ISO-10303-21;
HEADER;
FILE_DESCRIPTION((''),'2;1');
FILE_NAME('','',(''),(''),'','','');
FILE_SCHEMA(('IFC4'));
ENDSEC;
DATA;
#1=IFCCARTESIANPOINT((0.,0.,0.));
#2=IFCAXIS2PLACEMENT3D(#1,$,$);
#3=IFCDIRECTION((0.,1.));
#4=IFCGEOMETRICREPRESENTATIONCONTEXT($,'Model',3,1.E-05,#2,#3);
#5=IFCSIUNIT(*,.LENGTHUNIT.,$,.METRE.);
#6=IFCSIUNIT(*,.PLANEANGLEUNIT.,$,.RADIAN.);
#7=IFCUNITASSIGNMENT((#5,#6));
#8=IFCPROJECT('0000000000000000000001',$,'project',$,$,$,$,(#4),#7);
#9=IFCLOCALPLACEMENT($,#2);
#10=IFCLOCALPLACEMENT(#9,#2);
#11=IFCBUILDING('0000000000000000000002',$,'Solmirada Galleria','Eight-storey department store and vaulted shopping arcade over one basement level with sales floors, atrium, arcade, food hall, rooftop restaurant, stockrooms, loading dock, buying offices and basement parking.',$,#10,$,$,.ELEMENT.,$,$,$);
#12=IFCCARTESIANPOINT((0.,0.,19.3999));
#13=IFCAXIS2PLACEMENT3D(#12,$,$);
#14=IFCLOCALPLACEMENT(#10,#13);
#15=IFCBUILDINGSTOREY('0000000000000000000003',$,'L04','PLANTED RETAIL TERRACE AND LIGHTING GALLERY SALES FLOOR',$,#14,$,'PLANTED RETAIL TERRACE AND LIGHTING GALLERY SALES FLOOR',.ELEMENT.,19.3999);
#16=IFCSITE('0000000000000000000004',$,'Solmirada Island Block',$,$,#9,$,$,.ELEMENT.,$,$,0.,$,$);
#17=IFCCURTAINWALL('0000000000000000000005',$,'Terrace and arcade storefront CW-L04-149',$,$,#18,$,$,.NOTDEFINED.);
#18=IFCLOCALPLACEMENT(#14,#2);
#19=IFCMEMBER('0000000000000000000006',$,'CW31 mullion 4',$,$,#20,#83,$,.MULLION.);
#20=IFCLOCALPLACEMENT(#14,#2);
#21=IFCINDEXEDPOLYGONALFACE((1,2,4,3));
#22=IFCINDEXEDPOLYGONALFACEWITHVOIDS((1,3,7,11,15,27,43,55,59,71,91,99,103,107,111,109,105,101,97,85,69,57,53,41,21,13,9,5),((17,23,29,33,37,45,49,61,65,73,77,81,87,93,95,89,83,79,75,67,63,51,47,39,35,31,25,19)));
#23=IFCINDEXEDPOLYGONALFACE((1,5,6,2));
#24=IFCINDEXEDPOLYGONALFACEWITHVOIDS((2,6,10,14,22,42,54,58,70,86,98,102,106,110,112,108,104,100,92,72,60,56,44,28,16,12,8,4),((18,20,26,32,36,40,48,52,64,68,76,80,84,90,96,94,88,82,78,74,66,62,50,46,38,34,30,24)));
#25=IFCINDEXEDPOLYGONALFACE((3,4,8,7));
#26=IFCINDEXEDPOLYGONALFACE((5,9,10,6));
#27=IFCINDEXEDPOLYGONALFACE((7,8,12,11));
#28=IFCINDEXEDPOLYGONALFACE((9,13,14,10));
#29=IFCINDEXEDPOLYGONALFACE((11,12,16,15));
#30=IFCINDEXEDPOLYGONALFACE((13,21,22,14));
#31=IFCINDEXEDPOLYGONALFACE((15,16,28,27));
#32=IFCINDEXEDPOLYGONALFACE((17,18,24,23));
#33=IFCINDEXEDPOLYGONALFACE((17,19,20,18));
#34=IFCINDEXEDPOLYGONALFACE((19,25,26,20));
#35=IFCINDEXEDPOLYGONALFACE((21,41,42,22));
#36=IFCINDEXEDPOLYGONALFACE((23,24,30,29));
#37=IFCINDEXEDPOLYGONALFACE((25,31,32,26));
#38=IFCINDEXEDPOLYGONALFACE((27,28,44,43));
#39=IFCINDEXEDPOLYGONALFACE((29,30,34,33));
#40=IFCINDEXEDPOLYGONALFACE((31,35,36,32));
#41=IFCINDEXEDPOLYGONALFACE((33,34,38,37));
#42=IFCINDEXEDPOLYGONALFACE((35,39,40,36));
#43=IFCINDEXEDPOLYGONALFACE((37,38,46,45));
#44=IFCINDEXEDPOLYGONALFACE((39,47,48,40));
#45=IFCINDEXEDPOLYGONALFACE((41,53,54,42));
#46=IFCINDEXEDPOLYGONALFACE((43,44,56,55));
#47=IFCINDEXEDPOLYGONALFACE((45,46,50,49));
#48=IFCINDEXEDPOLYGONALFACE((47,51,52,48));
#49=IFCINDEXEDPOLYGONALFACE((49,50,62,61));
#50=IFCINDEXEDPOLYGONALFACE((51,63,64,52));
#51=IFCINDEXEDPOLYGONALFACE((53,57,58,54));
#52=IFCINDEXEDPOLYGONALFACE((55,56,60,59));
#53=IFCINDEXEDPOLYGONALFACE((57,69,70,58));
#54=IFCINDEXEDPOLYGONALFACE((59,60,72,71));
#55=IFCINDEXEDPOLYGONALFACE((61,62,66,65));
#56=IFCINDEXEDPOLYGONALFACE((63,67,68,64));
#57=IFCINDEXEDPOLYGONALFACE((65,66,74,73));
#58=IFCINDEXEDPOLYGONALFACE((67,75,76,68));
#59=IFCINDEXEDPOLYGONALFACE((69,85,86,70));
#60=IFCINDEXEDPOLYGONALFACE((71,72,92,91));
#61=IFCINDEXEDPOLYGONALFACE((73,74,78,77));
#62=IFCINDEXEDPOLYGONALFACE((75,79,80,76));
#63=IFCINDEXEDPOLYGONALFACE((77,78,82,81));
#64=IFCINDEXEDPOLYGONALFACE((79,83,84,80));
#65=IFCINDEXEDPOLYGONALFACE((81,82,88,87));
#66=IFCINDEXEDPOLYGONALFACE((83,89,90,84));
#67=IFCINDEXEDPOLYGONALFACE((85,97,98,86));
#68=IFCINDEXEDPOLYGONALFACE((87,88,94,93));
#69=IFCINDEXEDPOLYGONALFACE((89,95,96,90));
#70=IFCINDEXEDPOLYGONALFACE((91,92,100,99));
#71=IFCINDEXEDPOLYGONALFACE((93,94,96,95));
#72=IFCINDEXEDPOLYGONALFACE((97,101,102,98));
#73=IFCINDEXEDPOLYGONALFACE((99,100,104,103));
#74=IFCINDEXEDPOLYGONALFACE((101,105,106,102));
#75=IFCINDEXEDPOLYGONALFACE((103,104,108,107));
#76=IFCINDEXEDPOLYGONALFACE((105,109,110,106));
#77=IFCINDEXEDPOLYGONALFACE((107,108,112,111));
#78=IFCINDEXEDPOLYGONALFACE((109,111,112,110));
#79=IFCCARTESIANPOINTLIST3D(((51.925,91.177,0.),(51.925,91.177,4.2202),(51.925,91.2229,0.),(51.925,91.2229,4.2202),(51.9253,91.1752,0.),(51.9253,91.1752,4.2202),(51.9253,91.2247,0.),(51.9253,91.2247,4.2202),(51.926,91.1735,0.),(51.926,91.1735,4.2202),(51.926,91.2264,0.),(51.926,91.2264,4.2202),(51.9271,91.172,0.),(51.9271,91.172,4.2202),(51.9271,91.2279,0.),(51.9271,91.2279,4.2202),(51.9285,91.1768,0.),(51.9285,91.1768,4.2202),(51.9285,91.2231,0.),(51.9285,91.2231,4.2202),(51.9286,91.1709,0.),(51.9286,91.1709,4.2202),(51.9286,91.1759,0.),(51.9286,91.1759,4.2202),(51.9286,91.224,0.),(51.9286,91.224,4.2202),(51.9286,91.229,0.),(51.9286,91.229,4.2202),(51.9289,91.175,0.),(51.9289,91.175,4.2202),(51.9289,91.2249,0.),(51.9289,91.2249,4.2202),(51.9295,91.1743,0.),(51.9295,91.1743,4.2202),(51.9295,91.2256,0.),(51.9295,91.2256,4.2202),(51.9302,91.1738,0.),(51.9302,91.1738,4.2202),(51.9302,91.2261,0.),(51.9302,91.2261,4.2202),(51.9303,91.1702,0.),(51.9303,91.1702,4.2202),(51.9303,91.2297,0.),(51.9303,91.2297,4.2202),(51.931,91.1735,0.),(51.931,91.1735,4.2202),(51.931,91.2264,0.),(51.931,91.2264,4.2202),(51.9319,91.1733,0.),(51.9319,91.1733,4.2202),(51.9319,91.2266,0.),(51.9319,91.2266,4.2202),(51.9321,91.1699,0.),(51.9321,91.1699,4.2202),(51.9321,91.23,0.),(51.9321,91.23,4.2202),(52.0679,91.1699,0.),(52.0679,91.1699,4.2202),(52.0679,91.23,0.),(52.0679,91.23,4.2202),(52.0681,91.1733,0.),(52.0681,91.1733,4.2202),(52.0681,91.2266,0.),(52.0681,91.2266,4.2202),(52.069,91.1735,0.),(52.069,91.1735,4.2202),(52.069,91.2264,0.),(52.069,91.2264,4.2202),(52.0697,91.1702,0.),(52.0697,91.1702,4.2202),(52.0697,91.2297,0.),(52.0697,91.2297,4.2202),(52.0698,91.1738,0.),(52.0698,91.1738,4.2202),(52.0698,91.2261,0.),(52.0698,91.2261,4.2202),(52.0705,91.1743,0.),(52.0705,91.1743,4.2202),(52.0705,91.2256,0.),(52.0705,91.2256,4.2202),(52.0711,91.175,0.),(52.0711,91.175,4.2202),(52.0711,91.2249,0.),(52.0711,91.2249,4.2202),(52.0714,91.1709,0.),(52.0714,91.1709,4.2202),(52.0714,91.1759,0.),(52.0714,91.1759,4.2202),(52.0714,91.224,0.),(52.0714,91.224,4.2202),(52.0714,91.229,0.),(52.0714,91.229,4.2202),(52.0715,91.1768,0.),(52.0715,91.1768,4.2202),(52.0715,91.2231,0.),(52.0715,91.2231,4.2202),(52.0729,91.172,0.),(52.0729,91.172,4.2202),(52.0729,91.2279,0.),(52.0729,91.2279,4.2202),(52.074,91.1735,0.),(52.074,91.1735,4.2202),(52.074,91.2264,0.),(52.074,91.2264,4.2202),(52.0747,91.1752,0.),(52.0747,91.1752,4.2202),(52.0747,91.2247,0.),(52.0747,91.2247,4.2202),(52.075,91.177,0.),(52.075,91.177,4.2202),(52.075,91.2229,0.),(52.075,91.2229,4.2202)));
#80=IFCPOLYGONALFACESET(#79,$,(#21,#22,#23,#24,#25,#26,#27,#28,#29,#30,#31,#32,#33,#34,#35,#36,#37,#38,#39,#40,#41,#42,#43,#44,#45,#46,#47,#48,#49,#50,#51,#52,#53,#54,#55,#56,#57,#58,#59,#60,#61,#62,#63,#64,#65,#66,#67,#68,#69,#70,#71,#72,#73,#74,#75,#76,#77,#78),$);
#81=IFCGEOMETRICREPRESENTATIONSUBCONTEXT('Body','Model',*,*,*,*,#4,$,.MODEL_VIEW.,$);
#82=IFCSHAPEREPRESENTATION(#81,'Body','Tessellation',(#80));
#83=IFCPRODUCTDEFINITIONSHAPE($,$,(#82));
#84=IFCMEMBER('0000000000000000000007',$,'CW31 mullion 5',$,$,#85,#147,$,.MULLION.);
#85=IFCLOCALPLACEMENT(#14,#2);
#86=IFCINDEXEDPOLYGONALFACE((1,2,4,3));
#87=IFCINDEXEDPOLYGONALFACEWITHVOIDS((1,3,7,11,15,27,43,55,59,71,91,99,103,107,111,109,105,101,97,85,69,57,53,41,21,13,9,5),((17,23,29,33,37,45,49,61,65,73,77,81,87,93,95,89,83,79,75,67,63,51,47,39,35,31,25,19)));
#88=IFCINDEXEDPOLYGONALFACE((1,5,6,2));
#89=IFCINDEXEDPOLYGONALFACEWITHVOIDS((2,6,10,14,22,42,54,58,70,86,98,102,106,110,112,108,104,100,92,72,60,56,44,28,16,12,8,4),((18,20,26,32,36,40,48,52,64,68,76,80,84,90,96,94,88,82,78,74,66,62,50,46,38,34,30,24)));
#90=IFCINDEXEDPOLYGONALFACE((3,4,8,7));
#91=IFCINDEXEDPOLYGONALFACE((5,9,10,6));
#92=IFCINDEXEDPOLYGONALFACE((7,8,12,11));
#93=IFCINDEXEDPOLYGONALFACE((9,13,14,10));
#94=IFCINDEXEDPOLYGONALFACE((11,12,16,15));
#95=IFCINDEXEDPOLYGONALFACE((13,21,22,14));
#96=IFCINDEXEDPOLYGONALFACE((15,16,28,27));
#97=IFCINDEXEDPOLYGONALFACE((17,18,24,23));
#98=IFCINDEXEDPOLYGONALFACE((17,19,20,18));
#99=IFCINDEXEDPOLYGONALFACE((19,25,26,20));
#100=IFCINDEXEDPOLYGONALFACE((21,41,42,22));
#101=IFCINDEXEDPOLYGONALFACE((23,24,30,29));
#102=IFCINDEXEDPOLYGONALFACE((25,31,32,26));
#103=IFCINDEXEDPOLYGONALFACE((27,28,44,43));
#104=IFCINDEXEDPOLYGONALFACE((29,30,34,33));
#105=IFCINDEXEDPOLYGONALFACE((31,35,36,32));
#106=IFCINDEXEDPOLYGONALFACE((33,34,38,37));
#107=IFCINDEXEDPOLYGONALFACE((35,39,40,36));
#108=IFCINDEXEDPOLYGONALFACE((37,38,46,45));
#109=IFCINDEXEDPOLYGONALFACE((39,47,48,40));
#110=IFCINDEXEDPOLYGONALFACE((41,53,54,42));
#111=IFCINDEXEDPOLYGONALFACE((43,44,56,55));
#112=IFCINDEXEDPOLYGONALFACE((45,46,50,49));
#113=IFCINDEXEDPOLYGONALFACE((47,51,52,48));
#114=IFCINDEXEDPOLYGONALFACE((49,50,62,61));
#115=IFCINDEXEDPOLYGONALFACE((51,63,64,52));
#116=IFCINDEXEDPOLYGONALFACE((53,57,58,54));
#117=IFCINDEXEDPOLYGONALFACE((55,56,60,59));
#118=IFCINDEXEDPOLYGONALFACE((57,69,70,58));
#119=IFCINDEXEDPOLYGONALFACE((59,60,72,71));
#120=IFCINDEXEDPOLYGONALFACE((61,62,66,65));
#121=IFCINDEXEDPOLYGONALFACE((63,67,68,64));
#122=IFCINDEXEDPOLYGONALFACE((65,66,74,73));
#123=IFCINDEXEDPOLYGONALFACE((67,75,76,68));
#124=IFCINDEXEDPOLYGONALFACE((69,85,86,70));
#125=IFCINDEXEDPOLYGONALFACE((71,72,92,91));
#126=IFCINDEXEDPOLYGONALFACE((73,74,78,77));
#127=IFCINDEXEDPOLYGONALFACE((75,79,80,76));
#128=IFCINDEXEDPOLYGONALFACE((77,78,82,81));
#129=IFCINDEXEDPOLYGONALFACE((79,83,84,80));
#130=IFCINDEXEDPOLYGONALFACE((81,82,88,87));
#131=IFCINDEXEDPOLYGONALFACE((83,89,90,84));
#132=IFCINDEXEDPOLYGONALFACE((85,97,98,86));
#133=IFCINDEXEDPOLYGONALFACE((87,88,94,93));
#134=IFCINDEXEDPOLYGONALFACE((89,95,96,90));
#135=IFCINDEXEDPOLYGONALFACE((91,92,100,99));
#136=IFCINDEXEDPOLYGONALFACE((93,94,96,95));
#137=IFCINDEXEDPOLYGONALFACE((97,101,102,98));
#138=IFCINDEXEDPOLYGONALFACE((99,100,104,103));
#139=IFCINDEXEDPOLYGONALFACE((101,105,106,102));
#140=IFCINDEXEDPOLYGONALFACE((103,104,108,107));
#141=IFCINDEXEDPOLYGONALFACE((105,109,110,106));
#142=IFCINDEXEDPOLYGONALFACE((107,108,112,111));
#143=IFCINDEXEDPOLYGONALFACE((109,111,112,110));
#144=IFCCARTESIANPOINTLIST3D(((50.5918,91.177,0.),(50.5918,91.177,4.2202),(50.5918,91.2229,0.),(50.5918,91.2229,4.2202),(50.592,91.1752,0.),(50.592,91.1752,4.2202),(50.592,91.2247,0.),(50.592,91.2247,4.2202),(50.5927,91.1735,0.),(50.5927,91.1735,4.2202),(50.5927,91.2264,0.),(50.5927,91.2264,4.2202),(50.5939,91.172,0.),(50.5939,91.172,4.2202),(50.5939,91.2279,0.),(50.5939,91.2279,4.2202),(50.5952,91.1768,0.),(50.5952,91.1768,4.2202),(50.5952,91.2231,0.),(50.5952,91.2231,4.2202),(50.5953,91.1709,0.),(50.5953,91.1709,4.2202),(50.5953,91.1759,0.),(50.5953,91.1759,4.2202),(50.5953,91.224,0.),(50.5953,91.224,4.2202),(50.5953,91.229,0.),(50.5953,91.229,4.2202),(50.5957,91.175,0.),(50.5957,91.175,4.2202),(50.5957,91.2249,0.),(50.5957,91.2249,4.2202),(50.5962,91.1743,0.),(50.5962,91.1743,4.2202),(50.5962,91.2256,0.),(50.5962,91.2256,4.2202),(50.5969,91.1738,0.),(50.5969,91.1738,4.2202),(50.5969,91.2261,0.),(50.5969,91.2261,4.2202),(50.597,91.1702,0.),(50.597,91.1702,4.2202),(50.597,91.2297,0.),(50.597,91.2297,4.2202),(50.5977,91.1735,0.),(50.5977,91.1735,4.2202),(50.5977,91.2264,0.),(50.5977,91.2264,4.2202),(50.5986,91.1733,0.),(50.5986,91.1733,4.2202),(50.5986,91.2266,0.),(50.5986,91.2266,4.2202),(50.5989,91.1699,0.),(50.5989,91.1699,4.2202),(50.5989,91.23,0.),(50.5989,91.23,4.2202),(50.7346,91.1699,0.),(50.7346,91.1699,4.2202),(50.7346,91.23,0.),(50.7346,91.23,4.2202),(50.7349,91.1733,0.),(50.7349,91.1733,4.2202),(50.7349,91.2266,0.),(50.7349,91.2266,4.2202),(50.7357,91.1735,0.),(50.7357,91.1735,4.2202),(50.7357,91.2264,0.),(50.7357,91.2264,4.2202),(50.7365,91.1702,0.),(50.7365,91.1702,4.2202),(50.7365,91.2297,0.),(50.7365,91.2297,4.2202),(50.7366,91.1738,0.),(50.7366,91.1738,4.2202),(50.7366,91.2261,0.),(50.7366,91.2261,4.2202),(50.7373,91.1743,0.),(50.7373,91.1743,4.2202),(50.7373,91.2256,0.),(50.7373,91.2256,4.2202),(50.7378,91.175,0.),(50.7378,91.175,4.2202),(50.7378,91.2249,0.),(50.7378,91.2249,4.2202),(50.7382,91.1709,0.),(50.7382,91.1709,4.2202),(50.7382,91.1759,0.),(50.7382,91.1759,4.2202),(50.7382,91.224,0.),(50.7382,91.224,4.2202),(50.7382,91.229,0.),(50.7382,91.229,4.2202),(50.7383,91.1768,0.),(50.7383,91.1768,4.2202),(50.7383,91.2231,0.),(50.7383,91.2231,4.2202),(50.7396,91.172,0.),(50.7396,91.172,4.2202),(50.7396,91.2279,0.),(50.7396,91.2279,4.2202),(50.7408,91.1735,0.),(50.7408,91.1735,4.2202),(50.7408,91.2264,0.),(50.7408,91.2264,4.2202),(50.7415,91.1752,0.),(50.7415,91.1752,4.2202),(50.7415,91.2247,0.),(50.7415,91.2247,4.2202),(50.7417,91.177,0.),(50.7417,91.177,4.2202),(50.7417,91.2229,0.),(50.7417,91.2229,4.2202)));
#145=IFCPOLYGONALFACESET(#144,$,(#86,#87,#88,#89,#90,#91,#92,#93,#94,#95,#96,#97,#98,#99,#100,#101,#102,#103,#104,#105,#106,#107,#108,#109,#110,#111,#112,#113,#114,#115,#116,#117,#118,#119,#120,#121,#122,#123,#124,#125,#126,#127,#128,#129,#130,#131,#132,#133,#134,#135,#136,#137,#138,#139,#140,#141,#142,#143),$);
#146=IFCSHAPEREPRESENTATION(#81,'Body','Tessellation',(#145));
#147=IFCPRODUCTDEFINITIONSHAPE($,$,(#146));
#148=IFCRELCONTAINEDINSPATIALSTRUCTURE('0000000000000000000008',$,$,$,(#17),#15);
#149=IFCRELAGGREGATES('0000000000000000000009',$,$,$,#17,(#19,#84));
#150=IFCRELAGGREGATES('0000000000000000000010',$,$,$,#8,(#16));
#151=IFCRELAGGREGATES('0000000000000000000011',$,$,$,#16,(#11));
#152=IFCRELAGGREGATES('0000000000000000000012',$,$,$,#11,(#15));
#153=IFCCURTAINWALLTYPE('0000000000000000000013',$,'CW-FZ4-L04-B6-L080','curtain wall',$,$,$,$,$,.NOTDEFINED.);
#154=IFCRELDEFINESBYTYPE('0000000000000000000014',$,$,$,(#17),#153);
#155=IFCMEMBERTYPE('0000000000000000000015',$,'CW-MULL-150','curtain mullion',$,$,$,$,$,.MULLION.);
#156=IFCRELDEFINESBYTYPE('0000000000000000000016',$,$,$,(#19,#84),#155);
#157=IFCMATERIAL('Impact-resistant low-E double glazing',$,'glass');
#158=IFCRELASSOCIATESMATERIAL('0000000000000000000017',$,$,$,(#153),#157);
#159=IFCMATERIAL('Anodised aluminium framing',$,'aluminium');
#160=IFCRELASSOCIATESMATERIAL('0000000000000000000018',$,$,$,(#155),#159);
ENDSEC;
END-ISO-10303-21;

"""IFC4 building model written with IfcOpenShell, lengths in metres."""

from ifc_helpers import new_model, si_unit, direction, frame, origin, origin_2d, place, context, subcontext, project, spatial, hollow_rectangle, extrude, material, material_profile, profile_set, type_object, element, aggregate, save


model = new_model("IFC4")

# Units and contexts
model_context = context("Model", 3, precision=1e-05, world=origin(), true_north=direction((0.0, 1.0)))
body_context = subcontext(model_context, "Body", "Model", "MODEL_VIEW")
ifc_project = project(units=[si_unit("LENGTHUNIT", "METRE"), si_unit("PLANEANGLEUNIT", "RADIAN")], contexts=[model_context])

# Site, building, storey
site_placement = place(None, origin())
site = spatial("IfcSite", under=ifc_project, at=site_placement, Name="Solmirada Island Block", CompositionType="ELEMENT", RefElevation=0.0)
building_placement = place(site_placement, origin())
building = spatial("IfcBuilding", under=site, at=building_placement, Name="Solmirada Galleria", Description="Eight-storey department store and vaulted shopping arcade over one basement level with sales floors, atrium, arcade, food hall, rooftop restaurant, stockrooms, loading dock, buying offices and basement parking.", CompositionType="ELEMENT")
storey_placement = place(building_placement, frame((0.0, 0.0, 19.3999)))
storey = spatial("IfcBuildingStorey", under=building, at=storey_placement, Name="L04", Description="PLANTED RETAIL TERRACE AND LIGHTING GALLERY SALES FLOOR", LongName="PLANTED RETAIL TERRACE AND LIGHTING GALLERY SALES FLOOR", CompositionType="ELEMENT", Elevation=19.3999)

# Curtain wall, members
ifc_material_1 = material(Name="Impact-resistant low-E double glazing", Category="glass")
curtain_wall_type = type_object("IfcCurtainWallType", Name="CW-FZ4-L04-B6-L080", Description="curtain wall", PredefinedType="NOTDEFINED", material=ifc_material_1)
curtain_wall_placement = place(storey_placement, origin())
curtain_wall = element("IfcCurtainWall", 1, at=curtain_wall_placement, inside=storey, type_object=curtain_wall_type, Name="Terrace and arcade storefront CW-L04-149", PredefinedType="NOTDEFINED")
ifc_material_2 = material(Name="Anodised aluminium framing", Category="aluminium")
ifc_material_profile_1 = material_profile(ifc_material_2, hollow_rectangle(XDim=0.0601, YDim=0.1499, WallThickness=0.0034, InnerFilletRadius=0.0034, OuterFilletRadius=0.0071, at=origin_2d()), Name="ALU-MULL-150X60")
ifc_profile_set_1 = profile_set([ifc_material_profile_1], Name="Anodised aluminium framing")
member_type_1 = type_object("IfcMemberType", Name="CW-MULL-150", Description="curtain mullion", PredefinedType="MULLION", material=ifc_profile_set_1)
member_1_placement = place(storey_placement, frame((52.0, 91.2, 0.0), z_axis=(0.0, 0.0, 1.0), x_axis=(0.0, -1.0, 0.0)))
member_1 = element("IfcMember", 2, at=member_1_placement, type_object=member_type_1, Name="CW31 mullion 4", PredefinedType="MULLION", context=body_context, shape_type="SweptSolid", body=[
    extrude(hollow_rectangle(XDim=0.0601, YDim=0.1499, WallThickness=0.0034, InnerFilletRadius=0.0034, OuterFilletRadius=0.0071, at=origin_2d()), origin(), (0.0, 0.0, 1.0), 4.2202),
])
member_2_placement = place(storey_placement, frame((50.6667, 91.2, 0.0), z_axis=(0.0, 0.0, 1.0), x_axis=(0.0, -1.0, 0.0)))
member_2 = element("IfcMember", 3, at=member_2_placement, type_object=member_type_1, Name="CW31 mullion 5", PredefinedType="MULLION", context=body_context, shape_type="SweptSolid", body=[
    extrude(hollow_rectangle(XDim=0.0601, YDim=0.1499, WallThickness=0.0034, InnerFilletRadius=0.0034, OuterFilletRadius=0.0071, at=origin_2d()), origin(), (0.0, 0.0, 1.0), 4.2202),
])
aggregate(curtain_wall, [member_1, member_2])

save(model, "model.ifc")
